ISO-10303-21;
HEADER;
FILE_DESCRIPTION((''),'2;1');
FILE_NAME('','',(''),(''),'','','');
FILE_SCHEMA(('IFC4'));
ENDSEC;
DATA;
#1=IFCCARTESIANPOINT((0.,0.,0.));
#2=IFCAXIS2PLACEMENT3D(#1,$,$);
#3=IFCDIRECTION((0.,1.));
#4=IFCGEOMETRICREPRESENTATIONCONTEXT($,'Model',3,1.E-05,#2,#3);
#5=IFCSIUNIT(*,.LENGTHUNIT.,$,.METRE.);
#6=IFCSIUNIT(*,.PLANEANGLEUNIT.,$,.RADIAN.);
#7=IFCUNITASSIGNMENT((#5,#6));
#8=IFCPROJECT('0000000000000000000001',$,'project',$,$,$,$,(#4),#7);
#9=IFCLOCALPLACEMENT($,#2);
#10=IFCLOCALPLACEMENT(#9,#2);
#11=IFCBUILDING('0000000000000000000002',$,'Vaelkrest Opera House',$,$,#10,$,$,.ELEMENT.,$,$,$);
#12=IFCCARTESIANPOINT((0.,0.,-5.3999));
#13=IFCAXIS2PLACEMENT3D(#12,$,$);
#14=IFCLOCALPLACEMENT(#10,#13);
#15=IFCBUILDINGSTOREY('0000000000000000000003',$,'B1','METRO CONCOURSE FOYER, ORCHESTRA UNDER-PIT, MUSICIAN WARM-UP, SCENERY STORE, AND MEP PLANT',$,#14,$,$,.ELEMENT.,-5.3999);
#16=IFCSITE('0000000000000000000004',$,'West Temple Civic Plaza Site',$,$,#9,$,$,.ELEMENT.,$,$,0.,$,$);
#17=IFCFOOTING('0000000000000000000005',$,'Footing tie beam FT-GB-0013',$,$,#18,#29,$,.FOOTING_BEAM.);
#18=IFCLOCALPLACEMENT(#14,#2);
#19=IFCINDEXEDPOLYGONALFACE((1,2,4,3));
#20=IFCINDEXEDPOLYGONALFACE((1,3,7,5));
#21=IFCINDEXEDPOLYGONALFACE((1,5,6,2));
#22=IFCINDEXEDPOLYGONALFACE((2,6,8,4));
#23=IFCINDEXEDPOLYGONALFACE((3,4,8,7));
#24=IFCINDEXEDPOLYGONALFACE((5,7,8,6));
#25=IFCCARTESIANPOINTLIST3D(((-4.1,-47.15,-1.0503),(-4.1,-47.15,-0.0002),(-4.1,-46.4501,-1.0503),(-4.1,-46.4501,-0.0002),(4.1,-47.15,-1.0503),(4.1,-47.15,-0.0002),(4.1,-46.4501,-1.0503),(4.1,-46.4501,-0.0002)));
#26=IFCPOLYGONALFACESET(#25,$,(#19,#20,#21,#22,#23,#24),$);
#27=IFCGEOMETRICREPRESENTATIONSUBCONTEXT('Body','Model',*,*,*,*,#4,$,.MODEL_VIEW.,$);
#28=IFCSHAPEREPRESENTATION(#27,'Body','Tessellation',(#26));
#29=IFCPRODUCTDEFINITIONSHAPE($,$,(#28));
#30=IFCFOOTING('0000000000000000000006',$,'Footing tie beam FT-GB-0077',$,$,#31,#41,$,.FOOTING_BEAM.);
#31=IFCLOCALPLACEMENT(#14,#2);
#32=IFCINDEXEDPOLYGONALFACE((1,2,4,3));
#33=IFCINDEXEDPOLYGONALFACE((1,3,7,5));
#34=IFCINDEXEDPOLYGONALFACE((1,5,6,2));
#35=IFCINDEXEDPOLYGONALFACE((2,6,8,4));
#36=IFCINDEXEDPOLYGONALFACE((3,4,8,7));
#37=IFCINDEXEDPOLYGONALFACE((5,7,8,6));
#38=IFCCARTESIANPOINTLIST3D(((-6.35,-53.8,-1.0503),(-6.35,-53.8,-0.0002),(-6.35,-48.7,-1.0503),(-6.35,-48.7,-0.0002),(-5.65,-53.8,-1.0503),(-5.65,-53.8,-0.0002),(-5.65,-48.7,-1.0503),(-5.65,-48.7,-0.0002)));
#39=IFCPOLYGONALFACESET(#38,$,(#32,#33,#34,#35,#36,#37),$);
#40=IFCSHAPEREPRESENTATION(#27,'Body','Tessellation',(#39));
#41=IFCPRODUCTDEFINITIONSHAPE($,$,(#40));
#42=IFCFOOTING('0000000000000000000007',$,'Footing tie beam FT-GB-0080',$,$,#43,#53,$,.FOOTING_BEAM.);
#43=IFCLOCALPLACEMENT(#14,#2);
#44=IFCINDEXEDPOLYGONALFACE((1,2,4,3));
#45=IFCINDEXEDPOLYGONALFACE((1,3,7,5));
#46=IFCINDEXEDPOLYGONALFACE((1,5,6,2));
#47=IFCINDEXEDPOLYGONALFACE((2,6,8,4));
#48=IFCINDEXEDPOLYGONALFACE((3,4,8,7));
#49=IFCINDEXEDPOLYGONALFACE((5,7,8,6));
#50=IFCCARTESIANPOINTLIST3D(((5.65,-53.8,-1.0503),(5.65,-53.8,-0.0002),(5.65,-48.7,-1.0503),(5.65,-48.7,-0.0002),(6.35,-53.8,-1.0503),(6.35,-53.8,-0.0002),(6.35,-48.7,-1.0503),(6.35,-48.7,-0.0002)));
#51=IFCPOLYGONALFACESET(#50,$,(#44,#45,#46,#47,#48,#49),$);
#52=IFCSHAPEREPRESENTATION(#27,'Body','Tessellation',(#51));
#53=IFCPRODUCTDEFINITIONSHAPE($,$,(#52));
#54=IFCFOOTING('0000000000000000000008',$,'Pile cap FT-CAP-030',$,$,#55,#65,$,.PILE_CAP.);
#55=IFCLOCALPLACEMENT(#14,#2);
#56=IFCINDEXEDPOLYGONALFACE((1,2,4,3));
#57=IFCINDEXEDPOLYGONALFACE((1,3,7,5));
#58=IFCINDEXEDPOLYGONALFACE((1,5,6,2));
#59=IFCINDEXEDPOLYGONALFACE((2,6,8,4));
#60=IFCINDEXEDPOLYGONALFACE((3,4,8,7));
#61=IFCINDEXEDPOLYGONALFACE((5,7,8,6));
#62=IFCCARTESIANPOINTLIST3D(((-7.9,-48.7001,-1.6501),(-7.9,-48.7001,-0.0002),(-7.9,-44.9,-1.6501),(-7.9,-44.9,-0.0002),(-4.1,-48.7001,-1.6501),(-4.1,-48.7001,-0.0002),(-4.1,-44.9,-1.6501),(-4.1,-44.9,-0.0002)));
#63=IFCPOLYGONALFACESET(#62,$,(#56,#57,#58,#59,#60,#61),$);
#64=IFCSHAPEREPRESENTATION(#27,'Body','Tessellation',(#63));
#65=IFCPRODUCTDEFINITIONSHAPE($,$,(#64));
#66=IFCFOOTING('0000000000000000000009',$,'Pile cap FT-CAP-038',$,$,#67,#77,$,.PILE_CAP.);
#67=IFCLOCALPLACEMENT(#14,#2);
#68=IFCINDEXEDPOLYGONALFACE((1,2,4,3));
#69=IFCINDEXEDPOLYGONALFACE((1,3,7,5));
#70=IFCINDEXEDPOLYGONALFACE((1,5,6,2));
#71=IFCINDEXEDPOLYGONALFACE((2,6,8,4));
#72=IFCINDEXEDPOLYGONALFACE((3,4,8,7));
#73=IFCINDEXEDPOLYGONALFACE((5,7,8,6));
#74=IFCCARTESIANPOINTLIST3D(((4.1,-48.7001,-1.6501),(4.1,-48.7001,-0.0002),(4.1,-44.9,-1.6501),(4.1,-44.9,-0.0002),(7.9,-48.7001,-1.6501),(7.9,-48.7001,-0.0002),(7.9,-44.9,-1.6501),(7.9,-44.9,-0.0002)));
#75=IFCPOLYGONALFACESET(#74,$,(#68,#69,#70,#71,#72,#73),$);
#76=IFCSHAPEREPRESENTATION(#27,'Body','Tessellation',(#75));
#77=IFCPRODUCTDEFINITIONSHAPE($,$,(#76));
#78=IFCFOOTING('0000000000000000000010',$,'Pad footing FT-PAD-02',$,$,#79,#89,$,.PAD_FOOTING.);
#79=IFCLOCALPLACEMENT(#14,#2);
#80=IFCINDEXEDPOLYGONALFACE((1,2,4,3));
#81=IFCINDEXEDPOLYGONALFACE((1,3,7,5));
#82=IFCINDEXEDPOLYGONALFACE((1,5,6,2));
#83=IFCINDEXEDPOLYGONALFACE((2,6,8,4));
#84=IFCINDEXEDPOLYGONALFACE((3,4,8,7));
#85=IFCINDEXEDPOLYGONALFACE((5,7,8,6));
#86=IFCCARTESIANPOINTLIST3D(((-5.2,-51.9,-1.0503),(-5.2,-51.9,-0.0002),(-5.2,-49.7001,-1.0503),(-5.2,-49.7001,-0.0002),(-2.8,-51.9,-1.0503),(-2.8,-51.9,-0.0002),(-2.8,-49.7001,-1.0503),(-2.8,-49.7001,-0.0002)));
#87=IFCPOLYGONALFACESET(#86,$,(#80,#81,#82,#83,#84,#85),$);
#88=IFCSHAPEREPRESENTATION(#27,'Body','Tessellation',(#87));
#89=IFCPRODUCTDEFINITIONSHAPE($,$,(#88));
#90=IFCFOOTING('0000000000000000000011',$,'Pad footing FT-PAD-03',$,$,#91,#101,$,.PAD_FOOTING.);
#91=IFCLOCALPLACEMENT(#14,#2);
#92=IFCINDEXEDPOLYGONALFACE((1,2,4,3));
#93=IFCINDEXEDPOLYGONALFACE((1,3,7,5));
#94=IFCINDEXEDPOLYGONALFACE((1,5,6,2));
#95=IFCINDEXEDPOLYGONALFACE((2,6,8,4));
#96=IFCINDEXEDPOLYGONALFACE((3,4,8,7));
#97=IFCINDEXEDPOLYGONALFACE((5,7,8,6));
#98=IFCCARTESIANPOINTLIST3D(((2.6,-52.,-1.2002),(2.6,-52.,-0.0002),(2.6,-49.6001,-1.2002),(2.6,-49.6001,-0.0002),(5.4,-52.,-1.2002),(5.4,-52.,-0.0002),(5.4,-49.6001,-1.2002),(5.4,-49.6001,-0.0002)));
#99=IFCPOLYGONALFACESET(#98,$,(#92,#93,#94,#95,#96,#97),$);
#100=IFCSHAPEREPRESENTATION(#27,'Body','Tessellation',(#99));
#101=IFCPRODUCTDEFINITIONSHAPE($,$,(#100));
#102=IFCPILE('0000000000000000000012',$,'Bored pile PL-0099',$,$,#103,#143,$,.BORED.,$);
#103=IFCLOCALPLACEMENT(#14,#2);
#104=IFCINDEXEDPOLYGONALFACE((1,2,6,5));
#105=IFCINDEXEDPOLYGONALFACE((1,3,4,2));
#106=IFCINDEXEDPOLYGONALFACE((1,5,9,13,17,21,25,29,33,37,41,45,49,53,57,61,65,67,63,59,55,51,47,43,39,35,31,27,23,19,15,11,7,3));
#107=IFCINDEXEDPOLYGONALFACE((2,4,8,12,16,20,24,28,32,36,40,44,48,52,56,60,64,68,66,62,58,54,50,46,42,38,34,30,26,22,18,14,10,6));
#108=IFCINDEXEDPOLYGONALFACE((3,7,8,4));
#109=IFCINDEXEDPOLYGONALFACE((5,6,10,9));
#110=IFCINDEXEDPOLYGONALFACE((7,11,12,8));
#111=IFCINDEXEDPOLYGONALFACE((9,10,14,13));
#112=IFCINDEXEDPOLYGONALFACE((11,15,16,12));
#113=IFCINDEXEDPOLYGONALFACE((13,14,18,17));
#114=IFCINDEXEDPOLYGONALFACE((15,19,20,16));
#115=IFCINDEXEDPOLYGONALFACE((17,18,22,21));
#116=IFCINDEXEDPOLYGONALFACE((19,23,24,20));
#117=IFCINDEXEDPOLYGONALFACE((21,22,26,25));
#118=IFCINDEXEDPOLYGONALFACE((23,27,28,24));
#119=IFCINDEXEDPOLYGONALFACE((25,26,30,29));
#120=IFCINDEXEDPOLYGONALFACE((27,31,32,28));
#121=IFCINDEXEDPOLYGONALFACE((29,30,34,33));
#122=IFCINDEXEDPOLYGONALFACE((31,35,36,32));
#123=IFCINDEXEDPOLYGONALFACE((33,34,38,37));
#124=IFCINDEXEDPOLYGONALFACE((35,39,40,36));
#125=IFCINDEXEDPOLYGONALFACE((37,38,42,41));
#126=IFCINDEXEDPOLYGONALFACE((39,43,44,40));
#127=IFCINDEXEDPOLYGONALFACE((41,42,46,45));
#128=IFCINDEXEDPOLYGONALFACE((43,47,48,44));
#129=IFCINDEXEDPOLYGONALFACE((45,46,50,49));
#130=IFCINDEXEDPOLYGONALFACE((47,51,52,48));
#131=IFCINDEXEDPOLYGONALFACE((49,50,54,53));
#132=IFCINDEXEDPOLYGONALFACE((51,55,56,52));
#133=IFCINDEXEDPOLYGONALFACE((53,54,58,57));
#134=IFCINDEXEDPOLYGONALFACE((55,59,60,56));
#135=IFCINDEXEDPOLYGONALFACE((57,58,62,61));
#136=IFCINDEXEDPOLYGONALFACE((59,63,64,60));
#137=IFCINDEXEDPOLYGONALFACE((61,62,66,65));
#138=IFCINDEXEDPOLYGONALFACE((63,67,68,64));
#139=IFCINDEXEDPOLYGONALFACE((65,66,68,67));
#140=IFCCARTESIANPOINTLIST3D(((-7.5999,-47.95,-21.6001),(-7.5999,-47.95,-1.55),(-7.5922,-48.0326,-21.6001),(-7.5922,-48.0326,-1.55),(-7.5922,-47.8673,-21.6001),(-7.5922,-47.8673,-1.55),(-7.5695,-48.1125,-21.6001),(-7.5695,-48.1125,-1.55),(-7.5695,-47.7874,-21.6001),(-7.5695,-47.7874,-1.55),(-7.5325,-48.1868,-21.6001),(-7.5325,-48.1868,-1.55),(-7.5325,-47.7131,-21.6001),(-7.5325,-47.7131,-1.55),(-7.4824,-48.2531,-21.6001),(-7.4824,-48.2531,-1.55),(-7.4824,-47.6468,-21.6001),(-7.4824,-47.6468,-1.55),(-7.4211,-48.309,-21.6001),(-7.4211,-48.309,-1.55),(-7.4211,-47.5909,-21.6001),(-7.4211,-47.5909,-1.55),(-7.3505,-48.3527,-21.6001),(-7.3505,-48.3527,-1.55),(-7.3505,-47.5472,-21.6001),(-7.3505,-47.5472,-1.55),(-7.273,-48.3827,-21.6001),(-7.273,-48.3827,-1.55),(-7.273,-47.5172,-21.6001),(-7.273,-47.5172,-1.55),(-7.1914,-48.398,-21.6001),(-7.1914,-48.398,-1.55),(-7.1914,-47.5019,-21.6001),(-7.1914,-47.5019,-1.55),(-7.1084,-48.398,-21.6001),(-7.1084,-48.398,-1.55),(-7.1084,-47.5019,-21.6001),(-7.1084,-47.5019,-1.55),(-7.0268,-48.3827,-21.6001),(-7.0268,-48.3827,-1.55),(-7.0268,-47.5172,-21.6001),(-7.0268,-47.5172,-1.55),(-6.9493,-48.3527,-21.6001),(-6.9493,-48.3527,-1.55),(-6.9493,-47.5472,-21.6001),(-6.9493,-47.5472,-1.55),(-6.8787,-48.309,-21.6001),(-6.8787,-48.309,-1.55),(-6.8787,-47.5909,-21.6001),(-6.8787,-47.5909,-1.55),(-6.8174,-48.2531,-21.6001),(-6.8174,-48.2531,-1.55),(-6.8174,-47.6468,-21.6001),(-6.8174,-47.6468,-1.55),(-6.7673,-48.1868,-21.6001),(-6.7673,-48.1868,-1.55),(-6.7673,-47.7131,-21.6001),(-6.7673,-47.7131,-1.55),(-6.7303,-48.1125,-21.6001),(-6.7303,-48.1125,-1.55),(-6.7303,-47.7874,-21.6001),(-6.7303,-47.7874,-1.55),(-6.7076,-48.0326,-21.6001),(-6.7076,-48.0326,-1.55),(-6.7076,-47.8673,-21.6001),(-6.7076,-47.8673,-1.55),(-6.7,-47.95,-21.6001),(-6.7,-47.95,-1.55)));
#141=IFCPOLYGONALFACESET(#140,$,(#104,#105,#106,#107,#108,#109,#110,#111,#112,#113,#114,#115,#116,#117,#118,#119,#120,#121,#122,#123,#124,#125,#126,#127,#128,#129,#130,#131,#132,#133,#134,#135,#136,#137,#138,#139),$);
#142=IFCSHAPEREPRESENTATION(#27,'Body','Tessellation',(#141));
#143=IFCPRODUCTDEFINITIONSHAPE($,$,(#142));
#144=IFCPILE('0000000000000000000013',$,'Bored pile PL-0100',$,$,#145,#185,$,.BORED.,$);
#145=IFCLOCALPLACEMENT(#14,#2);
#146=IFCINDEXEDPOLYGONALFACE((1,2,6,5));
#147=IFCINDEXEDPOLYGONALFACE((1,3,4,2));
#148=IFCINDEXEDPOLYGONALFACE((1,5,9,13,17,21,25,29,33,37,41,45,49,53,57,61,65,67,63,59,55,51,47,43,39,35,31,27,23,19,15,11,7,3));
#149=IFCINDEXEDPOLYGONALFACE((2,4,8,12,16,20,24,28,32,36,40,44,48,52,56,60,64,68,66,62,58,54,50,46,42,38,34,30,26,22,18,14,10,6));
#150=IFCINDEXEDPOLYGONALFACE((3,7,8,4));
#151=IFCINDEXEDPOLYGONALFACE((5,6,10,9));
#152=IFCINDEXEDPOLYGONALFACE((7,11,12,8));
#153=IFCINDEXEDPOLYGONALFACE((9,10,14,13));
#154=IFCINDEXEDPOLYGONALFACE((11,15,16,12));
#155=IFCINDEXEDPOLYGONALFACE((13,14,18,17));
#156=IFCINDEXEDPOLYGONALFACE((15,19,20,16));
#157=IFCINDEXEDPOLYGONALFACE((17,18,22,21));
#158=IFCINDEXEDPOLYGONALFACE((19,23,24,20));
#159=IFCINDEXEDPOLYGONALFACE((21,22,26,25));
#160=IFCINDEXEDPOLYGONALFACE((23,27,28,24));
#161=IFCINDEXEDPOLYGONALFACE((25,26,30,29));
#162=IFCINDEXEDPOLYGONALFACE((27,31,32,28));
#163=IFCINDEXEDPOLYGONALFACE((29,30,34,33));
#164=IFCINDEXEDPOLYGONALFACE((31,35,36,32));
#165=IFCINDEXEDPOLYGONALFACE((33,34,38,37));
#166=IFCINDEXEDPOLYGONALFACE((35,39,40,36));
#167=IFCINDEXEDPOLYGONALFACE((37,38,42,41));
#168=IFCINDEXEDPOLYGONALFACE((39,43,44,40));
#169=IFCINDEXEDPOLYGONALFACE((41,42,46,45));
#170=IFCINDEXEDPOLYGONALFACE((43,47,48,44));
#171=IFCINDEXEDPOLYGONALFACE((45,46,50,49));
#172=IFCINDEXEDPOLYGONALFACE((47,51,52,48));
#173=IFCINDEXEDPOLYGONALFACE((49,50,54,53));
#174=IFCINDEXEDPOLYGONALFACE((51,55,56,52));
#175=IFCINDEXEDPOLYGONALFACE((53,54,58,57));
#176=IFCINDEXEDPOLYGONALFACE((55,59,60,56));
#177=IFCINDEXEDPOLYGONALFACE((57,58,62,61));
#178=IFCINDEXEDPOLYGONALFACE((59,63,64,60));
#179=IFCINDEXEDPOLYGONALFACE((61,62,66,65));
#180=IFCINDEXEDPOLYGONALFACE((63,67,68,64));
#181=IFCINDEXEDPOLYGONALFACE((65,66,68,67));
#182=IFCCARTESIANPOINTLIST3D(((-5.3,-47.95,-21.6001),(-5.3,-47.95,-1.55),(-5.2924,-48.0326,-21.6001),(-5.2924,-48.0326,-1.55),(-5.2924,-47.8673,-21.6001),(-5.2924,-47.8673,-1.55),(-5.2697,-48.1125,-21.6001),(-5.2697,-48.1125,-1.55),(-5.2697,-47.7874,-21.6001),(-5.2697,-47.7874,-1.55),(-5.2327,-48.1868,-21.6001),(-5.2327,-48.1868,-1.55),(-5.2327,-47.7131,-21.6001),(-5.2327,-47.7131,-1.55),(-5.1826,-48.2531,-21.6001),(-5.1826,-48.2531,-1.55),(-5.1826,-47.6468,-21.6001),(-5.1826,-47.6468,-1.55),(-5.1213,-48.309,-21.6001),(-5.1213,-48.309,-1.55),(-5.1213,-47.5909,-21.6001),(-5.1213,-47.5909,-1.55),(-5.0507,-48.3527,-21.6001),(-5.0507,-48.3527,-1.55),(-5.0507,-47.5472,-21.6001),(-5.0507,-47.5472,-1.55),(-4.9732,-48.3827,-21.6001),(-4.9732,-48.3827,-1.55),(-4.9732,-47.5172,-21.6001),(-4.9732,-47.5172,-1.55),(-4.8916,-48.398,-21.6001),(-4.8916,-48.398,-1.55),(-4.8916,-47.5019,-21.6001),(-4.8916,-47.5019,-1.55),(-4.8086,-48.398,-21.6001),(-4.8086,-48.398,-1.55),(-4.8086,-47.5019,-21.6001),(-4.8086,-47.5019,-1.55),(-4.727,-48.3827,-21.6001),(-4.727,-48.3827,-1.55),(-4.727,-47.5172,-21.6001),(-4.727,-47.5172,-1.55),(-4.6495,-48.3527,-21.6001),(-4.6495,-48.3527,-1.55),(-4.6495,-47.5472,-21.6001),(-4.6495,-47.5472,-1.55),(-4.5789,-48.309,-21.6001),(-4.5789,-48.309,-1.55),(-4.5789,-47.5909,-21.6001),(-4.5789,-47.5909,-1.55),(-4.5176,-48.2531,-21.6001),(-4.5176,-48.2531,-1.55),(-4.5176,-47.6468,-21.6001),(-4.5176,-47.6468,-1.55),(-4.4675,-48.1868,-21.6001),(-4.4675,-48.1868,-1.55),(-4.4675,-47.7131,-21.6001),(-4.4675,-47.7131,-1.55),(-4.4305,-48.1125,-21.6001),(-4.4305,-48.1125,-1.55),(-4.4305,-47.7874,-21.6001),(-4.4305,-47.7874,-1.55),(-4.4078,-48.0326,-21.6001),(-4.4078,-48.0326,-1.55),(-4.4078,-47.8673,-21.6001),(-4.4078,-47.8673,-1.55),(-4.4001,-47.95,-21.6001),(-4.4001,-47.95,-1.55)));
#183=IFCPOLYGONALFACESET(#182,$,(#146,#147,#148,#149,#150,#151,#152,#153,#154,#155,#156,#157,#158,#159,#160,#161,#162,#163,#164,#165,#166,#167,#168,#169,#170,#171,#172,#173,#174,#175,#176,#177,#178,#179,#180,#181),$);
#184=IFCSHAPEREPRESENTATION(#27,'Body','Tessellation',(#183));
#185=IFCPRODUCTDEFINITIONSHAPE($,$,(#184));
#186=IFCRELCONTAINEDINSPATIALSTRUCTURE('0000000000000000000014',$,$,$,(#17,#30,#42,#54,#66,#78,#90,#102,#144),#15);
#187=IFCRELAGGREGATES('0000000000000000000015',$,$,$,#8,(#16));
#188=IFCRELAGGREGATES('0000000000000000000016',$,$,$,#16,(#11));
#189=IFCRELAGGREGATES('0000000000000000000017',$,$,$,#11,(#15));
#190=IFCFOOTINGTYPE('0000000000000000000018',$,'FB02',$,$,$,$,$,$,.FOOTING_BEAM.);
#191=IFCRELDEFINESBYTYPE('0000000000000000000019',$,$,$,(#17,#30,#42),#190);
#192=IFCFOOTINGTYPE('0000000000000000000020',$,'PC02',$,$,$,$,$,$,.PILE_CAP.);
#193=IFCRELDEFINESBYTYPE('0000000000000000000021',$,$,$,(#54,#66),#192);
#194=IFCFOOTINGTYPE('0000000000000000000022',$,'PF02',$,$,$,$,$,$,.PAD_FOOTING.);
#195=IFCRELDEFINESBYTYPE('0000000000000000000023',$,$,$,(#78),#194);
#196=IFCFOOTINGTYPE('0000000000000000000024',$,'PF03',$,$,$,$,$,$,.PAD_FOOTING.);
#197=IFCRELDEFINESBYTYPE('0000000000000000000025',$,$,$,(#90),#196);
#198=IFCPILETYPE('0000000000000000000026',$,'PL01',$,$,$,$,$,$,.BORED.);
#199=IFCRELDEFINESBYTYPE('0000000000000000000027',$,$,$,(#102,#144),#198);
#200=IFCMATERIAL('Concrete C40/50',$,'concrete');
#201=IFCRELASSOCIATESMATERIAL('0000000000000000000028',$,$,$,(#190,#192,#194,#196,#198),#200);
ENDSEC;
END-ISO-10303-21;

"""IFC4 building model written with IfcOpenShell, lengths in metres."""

from ifc_helpers import new_model, si_unit, direction, frame, origin, origin_2d, place, context, subcontext, project, spatial, rectangle, circle, extrude, material, material_profile, profile_set, type_object, element, save


model = new_model("IFC4")

# Units and contexts
model_context = context("Model", 3, precision=1e-05, world=origin(), true_north=direction((0.0, 1.0)))
body_context = subcontext(model_context, "Body", "Model", "MODEL_VIEW")
ifc_project = project(units=[si_unit("LENGTHUNIT", "METRE"), si_unit("PLANEANGLEUNIT", "RADIAN")], contexts=[model_context])

# Site, building, storey
site_placement = place(None, origin())
site = spatial("IfcSite", under=ifc_project, at=site_placement, Name="West Temple Civic Plaza Site", CompositionType="ELEMENT", RefElevation=0.0)
building_placement = place(site_placement, origin())
building = spatial("IfcBuilding", under=site, at=building_placement, Name="Vaelkrest Opera House", CompositionType="ELEMENT")
storey_placement = place(building_placement, frame((0.0, 0.0, -5.3999)))
storey = spatial("IfcBuildingStorey", under=building, at=storey_placement, Name="B1", Description="METRO CONCOURSE FOYER, ORCHESTRA UNDER-PIT, MUSICIAN WARM-UP, SCENERY STORE, AND MEP PLANT", CompositionType="ELEMENT", Elevation=-5.3999)

# Footings
ifc_material_1 = material(Name="Concrete C40/50", Category="concrete")
footing_type_1 = type_object("IfcFootingType", Name="FB02", PredefinedType="FOOTING_BEAM", material=ifc_material_1)
footing_1_placement = place(storey_placement, frame((0.0, -46.8, -1.0503), z_axis=(0.0, 0.0, 1.0), x_axis=(1.0, 0.0, 0.0)))
element("IfcFooting", 1, at=footing_1_placement, inside=storey, type_object=footing_type_1, Name="Footing tie beam FT-GB-0013", PredefinedType="FOOTING_BEAM", context=body_context, shape_type="SweptSolid", body=[
    extrude(rectangle(XDim=8.2, YDim=0.7, at=origin_2d()), origin(), (0.0, 0.0, 1.0), 1.05),
])
for number, where, z_axis, x_axis, name in (
    (2, (-6.0, -51.25, -1.0503), (0.0, 0.0, 1.0), (0.0, 1.0, 0.0), "Footing tie beam FT-GB-0077"),
    (3, (6.0, -51.25, -1.0503), (0.0, 0.0, 1.0), (0.0, 1.0, 0.0), "Footing tie beam FT-GB-0080"),
):
    element("IfcFooting", number, at=place(storey_placement, frame(where, z_axis=z_axis, x_axis=x_axis)), inside=storey, type_object=footing_type_1, Name=name, PredefinedType="FOOTING_BEAM", context=body_context, shape_type="SweptSolid", body=[
        extrude(rectangle(XDim=5.1001, YDim=0.7, at=origin_2d()), origin(), (0.0, 0.0, 1.0), 1.05),
    ])
footing_type_2 = type_object("IfcFootingType", Name="PC02", PredefinedType="PILE_CAP", material=ifc_material_1)
for number, where, z_axis, x_axis, name in (
    (4, (-6.0, -46.8, -1.6501), (0.0, 0.0, 1.0), (1.0, 0.0, 0.0), "Pile cap FT-CAP-030"),
    (5, (6.0, -46.8, -1.6501), (0.0, 0.0, 1.0), (1.0, 0.0, 0.0), "Pile cap FT-CAP-038"),
):
    element("IfcFooting", number, at=place(storey_placement, frame(where, z_axis=z_axis, x_axis=x_axis)), inside=storey, type_object=footing_type_2, Name=name, PredefinedType="PILE_CAP", context=body_context, shape_type="SweptSolid", body=[
        extrude(rectangle(XDim=3.8, YDim=3.8, at=origin_2d()), origin(), (0.0, 0.0, 1.0), 1.6499),
    ])
footing_type_3 = type_object("IfcFootingType", Name="PF02", PredefinedType="PAD_FOOTING", material=ifc_material_1)
footing_2_placement = place(storey_placement, frame((-4.0, -50.8, -1.0503), z_axis=(0.0, 0.0, 1.0), x_axis=(1.0, 0.0, 0.0)))
element("IfcFooting", 6, at=footing_2_placement, inside=storey, type_object=footing_type_3, Name="Pad footing FT-PAD-02", PredefinedType="PAD_FOOTING", context=body_context, shape_type="SweptSolid", body=[
    extrude(rectangle(XDim=2.3999, YDim=2.2, at=origin_2d()), origin(), (0.0, 0.0, 1.0), 1.05),
])
footing_type_4 = type_object("IfcFootingType", Name="PF03", PredefinedType="PAD_FOOTING", material=ifc_material_1)
footing_3_placement = place(storey_placement, frame((4.0, -50.8, -1.2002), z_axis=(0.0, 0.0, 1.0), x_axis=(1.0, 0.0, 0.0)))
element("IfcFooting", 7, at=footing_3_placement, inside=storey, type_object=footing_type_4, Name="Pad footing FT-PAD-03", PredefinedType="PAD_FOOTING", context=body_context, shape_type="SweptSolid", body=[
    extrude(rectangle(XDim=2.8, YDim=2.3999, at=origin_2d()), origin(), (0.0, 0.0, 1.0), 1.2),
])

# Piles
ifc_material_profile_1 = material_profile(ifc_material_1, circle(Radius=0.45, at=origin_2d()), Name="PILE900")
ifc_profile_set_1 = profile_set([ifc_material_profile_1], Name="Concrete C40/50")
pile_type = type_object("IfcPileType", Name="PL01", PredefinedType="BORED", material=ifc_profile_set_1)
for number, where, z_axis, x_axis, name in (
    (8, (-7.1499, -47.95, -1.55), (0.0, 0.0, -1.0), (1.0, 0.0, 0.0), "Bored pile PL-0099"),
    (9, (-4.8501, -47.95, -1.55), (0.0, 0.0, -1.0), (1.0, 0.0, 0.0), "Bored pile PL-0100"),
):
    element("IfcPile", number, at=place(storey_placement, frame(where, z_axis=z_axis, x_axis=x_axis)), inside=storey, type_object=pile_type, Name=name, PredefinedType="BORED", context=body_context, shape_type="SweptSolid", body=[
        extrude(circle(Radius=0.45, at=origin_2d()), origin(), (0.0, 0.0, 1.0), 20.05),
    ])

save(model, "model.ifc")
